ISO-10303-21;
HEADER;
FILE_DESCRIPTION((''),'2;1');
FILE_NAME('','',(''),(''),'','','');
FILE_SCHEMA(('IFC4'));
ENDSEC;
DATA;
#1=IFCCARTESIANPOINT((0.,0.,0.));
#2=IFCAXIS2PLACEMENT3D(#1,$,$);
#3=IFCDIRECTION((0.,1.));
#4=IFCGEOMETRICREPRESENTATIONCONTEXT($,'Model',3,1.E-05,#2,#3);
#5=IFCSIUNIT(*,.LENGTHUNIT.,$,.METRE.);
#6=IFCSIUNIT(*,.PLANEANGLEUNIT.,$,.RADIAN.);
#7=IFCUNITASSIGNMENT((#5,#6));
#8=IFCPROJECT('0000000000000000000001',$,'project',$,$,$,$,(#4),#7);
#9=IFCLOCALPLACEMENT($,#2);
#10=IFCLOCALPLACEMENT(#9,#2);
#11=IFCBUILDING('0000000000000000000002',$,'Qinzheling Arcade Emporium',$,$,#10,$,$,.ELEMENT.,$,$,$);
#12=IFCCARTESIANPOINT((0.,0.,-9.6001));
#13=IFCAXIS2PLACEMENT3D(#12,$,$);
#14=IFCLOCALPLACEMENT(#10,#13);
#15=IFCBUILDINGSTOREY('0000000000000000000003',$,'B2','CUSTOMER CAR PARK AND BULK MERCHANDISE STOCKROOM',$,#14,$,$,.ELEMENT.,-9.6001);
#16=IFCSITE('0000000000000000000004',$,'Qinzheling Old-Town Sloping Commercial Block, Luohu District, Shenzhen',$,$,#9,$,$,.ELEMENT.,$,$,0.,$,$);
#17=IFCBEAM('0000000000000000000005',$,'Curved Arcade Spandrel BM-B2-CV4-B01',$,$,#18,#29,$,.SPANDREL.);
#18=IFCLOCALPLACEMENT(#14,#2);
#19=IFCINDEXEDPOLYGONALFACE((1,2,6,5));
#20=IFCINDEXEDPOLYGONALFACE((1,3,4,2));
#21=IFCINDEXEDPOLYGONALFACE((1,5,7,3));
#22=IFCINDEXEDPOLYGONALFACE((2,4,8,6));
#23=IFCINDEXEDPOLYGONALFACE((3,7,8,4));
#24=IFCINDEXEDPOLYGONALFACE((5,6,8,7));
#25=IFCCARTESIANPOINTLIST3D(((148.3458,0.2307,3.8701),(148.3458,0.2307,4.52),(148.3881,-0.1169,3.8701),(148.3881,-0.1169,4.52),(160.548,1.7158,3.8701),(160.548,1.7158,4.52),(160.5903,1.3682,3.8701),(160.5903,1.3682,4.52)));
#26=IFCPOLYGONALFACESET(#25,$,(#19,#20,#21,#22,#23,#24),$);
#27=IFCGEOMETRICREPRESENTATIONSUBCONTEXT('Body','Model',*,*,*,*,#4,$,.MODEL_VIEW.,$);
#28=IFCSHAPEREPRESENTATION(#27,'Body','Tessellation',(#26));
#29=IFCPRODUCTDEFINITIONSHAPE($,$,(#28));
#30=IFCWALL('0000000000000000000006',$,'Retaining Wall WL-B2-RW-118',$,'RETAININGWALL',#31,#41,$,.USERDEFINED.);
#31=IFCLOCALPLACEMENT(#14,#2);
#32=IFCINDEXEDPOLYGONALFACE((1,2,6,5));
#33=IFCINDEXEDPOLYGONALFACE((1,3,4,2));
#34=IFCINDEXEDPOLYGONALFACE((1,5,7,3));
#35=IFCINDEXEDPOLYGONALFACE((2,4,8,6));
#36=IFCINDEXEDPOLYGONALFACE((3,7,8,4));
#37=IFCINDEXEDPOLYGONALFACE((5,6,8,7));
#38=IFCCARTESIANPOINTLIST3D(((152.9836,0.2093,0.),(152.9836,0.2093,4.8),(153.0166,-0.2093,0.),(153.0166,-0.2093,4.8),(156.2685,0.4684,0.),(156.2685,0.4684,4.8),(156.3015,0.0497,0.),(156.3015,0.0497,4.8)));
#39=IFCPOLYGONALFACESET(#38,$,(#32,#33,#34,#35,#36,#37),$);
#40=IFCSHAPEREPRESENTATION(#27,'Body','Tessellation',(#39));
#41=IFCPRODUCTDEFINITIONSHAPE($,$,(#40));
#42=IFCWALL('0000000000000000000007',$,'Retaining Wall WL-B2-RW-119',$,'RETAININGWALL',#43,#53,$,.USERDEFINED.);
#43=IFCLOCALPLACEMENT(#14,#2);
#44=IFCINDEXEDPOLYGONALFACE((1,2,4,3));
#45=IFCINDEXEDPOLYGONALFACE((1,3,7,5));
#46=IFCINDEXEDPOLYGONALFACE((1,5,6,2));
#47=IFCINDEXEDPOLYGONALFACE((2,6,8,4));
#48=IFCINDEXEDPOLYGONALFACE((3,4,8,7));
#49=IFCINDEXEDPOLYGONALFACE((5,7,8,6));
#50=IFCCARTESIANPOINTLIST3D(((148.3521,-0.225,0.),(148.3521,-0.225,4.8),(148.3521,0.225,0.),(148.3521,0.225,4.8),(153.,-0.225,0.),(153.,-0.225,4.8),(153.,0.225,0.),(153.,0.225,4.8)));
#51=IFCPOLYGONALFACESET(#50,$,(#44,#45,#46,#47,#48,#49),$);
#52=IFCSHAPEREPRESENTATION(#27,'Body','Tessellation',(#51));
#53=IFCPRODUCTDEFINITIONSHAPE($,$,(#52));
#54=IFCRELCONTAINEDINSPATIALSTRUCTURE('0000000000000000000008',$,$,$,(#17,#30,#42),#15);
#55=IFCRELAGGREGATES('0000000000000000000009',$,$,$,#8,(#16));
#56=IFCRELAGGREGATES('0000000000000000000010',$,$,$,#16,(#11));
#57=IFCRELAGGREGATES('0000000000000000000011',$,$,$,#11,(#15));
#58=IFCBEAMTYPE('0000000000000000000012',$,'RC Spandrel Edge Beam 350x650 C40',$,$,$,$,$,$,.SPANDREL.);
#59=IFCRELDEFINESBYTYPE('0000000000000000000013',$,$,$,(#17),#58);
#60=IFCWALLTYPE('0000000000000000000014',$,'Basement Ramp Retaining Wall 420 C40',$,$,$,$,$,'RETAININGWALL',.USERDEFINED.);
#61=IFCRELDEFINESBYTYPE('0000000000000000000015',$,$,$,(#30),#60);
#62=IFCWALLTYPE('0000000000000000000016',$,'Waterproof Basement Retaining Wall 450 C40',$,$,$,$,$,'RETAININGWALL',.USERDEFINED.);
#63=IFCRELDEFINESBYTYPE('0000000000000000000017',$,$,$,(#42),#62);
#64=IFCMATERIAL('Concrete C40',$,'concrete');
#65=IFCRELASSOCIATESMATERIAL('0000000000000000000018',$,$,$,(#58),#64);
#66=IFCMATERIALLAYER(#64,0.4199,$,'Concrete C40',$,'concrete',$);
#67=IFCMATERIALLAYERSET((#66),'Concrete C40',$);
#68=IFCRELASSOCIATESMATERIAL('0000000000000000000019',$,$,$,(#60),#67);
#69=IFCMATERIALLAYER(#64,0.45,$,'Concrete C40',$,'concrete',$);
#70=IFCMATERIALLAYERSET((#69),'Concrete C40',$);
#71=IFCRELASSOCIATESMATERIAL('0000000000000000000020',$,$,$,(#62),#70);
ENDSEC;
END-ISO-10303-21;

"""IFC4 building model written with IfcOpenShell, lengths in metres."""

from ifc_helpers import new_model, si_unit, direction, frame, frame_2d, origin, origin_2d, place, context, subcontext, project, spatial, rectangle, extrude, material, layer, layer_set, material_profile, profile_set, type_object, element, save


model = new_model("IFC4")

# Units and contexts
model_context = context("Model", 3, precision=1e-05, world=origin(), true_north=direction((0.0, 1.0)))
body_context = subcontext(model_context, "Body", "Model", "MODEL_VIEW")
ifc_project = project(units=[si_unit("LENGTHUNIT", "METRE"), si_unit("PLANEANGLEUNIT", "RADIAN")], contexts=[model_context])

# Site, building, storey
site_placement = place(None, origin())
site = spatial("IfcSite", under=ifc_project, at=site_placement, Name="Qinzheling Old-Town Sloping Commercial Block, Luohu District, Shenzhen", CompositionType="ELEMENT", RefElevation=0.0)
building_placement = place(site_placement, origin())
building = spatial("IfcBuilding", under=site, at=building_placement, Name="Qinzheling Arcade Emporium", CompositionType="ELEMENT")
storey_placement = place(building_placement, frame((0.0, 0.0, -9.6001)))
storey = spatial("IfcBuildingStorey", under=building, at=storey_placement, Name="B2", Description="CUSTOMER CAR PARK AND BULK MERCHANDISE STOCKROOM", CompositionType="ELEMENT", Elevation=-9.6001)

# Shared definitions
ifc_material_1 = material(Name="Concrete C40", Category="concrete")

# Beam
ifc_material_profile_1 = material_profile(ifc_material_1, rectangle(XDim=0.3501, YDim=0.6499, at=origin_2d()), Name="RC 350x650", Category="concrete")
ifc_profile_set_1 = profile_set([ifc_material_profile_1], Name="Concrete C40")
beam_type_1 = type_object("IfcBeamType", Name="RC Spandrel Edge Beam 350x650 C40", PredefinedType="SPANDREL", material=ifc_profile_set_1)
beam_1_placement = place(storey_placement, frame((148.3669, 0.0569, 4.1951), z_axis=(0.992675, 0.120817, 0.0), x_axis=(-0.120817, 0.992675, 0.0)))
element("IfcBeam", 1, at=beam_1_placement, inside=storey, type_object=beam_type_1, Name="Curved Arcade Spandrel BM-B2-CV4-B01", PredefinedType="SPANDREL", context=body_context, shape_type="SweptSolid", body=[
    extrude(rectangle(XDim=0.3501, YDim=0.6499, at=origin_2d()), origin(), (0.0, 0.0, 1.0), 12.2922),
])

# Walls
ifc_layer_1 = layer(ifc_material_1, 0.4199, Name="Concrete C40", Category="concrete")
ifc_layer_set_1 = layer_set([ifc_layer_1], Name="Concrete C40")
wall_type_1 = type_object("IfcWallType", Name="Basement Ramp Retaining Wall 420 C40", ElementType="RETAININGWALL", PredefinedType="USERDEFINED", material=ifc_layer_set_1)
wall_1_placement = place(storey_placement, frame((156.2849, 0.259, 0.0), z_axis=(0.0, 0.0, 1.0), x_axis=(-0.996905, -0.078611, 0.0)))
element("IfcWall", 2, at=wall_1_placement, inside=storey, type_object=wall_type_1, Name="Retaining Wall WL-B2-RW-118", ObjectType="RETAININGWALL", PredefinedType="USERDEFINED", context=body_context, shape_type="SweptSolid", body=[
    extrude(rectangle(XDim=3.2952, YDim=0.4199, at=frame_2d((1.6475, 0.0))), origin(), (0.0, 0.0, 1.0), 4.8),
])
ifc_layer_2 = layer(ifc_material_1, 0.45, Name="Concrete C40", Category="concrete")
ifc_layer_set_2 = layer_set([ifc_layer_2], Name="Concrete C40")
wall_type_2 = type_object("IfcWallType", Name="Waterproof Basement Retaining Wall 450 C40", ElementType="RETAININGWALL", PredefinedType="USERDEFINED", material=ifc_layer_set_2)
wall_2_placement = place(storey_placement, frame((153.0, 0.0, 0.0), z_axis=(0.0, 0.0, 1.0), x_axis=(-1.0, 0.0, 0.0)))
element("IfcWall", 3, at=wall_2_placement, inside=storey, type_object=wall_type_2, Name="Retaining Wall WL-B2-RW-119", ObjectType="RETAININGWALL", PredefinedType="USERDEFINED", context=body_context, shape_type="SweptSolid", body=[
    extrude(rectangle(XDim=4.6479, YDim=0.45, at=frame_2d((2.324, 0.0))), origin(), (0.0, 0.0, 1.0), 4.8),
])

save(model, "model.ifc")
